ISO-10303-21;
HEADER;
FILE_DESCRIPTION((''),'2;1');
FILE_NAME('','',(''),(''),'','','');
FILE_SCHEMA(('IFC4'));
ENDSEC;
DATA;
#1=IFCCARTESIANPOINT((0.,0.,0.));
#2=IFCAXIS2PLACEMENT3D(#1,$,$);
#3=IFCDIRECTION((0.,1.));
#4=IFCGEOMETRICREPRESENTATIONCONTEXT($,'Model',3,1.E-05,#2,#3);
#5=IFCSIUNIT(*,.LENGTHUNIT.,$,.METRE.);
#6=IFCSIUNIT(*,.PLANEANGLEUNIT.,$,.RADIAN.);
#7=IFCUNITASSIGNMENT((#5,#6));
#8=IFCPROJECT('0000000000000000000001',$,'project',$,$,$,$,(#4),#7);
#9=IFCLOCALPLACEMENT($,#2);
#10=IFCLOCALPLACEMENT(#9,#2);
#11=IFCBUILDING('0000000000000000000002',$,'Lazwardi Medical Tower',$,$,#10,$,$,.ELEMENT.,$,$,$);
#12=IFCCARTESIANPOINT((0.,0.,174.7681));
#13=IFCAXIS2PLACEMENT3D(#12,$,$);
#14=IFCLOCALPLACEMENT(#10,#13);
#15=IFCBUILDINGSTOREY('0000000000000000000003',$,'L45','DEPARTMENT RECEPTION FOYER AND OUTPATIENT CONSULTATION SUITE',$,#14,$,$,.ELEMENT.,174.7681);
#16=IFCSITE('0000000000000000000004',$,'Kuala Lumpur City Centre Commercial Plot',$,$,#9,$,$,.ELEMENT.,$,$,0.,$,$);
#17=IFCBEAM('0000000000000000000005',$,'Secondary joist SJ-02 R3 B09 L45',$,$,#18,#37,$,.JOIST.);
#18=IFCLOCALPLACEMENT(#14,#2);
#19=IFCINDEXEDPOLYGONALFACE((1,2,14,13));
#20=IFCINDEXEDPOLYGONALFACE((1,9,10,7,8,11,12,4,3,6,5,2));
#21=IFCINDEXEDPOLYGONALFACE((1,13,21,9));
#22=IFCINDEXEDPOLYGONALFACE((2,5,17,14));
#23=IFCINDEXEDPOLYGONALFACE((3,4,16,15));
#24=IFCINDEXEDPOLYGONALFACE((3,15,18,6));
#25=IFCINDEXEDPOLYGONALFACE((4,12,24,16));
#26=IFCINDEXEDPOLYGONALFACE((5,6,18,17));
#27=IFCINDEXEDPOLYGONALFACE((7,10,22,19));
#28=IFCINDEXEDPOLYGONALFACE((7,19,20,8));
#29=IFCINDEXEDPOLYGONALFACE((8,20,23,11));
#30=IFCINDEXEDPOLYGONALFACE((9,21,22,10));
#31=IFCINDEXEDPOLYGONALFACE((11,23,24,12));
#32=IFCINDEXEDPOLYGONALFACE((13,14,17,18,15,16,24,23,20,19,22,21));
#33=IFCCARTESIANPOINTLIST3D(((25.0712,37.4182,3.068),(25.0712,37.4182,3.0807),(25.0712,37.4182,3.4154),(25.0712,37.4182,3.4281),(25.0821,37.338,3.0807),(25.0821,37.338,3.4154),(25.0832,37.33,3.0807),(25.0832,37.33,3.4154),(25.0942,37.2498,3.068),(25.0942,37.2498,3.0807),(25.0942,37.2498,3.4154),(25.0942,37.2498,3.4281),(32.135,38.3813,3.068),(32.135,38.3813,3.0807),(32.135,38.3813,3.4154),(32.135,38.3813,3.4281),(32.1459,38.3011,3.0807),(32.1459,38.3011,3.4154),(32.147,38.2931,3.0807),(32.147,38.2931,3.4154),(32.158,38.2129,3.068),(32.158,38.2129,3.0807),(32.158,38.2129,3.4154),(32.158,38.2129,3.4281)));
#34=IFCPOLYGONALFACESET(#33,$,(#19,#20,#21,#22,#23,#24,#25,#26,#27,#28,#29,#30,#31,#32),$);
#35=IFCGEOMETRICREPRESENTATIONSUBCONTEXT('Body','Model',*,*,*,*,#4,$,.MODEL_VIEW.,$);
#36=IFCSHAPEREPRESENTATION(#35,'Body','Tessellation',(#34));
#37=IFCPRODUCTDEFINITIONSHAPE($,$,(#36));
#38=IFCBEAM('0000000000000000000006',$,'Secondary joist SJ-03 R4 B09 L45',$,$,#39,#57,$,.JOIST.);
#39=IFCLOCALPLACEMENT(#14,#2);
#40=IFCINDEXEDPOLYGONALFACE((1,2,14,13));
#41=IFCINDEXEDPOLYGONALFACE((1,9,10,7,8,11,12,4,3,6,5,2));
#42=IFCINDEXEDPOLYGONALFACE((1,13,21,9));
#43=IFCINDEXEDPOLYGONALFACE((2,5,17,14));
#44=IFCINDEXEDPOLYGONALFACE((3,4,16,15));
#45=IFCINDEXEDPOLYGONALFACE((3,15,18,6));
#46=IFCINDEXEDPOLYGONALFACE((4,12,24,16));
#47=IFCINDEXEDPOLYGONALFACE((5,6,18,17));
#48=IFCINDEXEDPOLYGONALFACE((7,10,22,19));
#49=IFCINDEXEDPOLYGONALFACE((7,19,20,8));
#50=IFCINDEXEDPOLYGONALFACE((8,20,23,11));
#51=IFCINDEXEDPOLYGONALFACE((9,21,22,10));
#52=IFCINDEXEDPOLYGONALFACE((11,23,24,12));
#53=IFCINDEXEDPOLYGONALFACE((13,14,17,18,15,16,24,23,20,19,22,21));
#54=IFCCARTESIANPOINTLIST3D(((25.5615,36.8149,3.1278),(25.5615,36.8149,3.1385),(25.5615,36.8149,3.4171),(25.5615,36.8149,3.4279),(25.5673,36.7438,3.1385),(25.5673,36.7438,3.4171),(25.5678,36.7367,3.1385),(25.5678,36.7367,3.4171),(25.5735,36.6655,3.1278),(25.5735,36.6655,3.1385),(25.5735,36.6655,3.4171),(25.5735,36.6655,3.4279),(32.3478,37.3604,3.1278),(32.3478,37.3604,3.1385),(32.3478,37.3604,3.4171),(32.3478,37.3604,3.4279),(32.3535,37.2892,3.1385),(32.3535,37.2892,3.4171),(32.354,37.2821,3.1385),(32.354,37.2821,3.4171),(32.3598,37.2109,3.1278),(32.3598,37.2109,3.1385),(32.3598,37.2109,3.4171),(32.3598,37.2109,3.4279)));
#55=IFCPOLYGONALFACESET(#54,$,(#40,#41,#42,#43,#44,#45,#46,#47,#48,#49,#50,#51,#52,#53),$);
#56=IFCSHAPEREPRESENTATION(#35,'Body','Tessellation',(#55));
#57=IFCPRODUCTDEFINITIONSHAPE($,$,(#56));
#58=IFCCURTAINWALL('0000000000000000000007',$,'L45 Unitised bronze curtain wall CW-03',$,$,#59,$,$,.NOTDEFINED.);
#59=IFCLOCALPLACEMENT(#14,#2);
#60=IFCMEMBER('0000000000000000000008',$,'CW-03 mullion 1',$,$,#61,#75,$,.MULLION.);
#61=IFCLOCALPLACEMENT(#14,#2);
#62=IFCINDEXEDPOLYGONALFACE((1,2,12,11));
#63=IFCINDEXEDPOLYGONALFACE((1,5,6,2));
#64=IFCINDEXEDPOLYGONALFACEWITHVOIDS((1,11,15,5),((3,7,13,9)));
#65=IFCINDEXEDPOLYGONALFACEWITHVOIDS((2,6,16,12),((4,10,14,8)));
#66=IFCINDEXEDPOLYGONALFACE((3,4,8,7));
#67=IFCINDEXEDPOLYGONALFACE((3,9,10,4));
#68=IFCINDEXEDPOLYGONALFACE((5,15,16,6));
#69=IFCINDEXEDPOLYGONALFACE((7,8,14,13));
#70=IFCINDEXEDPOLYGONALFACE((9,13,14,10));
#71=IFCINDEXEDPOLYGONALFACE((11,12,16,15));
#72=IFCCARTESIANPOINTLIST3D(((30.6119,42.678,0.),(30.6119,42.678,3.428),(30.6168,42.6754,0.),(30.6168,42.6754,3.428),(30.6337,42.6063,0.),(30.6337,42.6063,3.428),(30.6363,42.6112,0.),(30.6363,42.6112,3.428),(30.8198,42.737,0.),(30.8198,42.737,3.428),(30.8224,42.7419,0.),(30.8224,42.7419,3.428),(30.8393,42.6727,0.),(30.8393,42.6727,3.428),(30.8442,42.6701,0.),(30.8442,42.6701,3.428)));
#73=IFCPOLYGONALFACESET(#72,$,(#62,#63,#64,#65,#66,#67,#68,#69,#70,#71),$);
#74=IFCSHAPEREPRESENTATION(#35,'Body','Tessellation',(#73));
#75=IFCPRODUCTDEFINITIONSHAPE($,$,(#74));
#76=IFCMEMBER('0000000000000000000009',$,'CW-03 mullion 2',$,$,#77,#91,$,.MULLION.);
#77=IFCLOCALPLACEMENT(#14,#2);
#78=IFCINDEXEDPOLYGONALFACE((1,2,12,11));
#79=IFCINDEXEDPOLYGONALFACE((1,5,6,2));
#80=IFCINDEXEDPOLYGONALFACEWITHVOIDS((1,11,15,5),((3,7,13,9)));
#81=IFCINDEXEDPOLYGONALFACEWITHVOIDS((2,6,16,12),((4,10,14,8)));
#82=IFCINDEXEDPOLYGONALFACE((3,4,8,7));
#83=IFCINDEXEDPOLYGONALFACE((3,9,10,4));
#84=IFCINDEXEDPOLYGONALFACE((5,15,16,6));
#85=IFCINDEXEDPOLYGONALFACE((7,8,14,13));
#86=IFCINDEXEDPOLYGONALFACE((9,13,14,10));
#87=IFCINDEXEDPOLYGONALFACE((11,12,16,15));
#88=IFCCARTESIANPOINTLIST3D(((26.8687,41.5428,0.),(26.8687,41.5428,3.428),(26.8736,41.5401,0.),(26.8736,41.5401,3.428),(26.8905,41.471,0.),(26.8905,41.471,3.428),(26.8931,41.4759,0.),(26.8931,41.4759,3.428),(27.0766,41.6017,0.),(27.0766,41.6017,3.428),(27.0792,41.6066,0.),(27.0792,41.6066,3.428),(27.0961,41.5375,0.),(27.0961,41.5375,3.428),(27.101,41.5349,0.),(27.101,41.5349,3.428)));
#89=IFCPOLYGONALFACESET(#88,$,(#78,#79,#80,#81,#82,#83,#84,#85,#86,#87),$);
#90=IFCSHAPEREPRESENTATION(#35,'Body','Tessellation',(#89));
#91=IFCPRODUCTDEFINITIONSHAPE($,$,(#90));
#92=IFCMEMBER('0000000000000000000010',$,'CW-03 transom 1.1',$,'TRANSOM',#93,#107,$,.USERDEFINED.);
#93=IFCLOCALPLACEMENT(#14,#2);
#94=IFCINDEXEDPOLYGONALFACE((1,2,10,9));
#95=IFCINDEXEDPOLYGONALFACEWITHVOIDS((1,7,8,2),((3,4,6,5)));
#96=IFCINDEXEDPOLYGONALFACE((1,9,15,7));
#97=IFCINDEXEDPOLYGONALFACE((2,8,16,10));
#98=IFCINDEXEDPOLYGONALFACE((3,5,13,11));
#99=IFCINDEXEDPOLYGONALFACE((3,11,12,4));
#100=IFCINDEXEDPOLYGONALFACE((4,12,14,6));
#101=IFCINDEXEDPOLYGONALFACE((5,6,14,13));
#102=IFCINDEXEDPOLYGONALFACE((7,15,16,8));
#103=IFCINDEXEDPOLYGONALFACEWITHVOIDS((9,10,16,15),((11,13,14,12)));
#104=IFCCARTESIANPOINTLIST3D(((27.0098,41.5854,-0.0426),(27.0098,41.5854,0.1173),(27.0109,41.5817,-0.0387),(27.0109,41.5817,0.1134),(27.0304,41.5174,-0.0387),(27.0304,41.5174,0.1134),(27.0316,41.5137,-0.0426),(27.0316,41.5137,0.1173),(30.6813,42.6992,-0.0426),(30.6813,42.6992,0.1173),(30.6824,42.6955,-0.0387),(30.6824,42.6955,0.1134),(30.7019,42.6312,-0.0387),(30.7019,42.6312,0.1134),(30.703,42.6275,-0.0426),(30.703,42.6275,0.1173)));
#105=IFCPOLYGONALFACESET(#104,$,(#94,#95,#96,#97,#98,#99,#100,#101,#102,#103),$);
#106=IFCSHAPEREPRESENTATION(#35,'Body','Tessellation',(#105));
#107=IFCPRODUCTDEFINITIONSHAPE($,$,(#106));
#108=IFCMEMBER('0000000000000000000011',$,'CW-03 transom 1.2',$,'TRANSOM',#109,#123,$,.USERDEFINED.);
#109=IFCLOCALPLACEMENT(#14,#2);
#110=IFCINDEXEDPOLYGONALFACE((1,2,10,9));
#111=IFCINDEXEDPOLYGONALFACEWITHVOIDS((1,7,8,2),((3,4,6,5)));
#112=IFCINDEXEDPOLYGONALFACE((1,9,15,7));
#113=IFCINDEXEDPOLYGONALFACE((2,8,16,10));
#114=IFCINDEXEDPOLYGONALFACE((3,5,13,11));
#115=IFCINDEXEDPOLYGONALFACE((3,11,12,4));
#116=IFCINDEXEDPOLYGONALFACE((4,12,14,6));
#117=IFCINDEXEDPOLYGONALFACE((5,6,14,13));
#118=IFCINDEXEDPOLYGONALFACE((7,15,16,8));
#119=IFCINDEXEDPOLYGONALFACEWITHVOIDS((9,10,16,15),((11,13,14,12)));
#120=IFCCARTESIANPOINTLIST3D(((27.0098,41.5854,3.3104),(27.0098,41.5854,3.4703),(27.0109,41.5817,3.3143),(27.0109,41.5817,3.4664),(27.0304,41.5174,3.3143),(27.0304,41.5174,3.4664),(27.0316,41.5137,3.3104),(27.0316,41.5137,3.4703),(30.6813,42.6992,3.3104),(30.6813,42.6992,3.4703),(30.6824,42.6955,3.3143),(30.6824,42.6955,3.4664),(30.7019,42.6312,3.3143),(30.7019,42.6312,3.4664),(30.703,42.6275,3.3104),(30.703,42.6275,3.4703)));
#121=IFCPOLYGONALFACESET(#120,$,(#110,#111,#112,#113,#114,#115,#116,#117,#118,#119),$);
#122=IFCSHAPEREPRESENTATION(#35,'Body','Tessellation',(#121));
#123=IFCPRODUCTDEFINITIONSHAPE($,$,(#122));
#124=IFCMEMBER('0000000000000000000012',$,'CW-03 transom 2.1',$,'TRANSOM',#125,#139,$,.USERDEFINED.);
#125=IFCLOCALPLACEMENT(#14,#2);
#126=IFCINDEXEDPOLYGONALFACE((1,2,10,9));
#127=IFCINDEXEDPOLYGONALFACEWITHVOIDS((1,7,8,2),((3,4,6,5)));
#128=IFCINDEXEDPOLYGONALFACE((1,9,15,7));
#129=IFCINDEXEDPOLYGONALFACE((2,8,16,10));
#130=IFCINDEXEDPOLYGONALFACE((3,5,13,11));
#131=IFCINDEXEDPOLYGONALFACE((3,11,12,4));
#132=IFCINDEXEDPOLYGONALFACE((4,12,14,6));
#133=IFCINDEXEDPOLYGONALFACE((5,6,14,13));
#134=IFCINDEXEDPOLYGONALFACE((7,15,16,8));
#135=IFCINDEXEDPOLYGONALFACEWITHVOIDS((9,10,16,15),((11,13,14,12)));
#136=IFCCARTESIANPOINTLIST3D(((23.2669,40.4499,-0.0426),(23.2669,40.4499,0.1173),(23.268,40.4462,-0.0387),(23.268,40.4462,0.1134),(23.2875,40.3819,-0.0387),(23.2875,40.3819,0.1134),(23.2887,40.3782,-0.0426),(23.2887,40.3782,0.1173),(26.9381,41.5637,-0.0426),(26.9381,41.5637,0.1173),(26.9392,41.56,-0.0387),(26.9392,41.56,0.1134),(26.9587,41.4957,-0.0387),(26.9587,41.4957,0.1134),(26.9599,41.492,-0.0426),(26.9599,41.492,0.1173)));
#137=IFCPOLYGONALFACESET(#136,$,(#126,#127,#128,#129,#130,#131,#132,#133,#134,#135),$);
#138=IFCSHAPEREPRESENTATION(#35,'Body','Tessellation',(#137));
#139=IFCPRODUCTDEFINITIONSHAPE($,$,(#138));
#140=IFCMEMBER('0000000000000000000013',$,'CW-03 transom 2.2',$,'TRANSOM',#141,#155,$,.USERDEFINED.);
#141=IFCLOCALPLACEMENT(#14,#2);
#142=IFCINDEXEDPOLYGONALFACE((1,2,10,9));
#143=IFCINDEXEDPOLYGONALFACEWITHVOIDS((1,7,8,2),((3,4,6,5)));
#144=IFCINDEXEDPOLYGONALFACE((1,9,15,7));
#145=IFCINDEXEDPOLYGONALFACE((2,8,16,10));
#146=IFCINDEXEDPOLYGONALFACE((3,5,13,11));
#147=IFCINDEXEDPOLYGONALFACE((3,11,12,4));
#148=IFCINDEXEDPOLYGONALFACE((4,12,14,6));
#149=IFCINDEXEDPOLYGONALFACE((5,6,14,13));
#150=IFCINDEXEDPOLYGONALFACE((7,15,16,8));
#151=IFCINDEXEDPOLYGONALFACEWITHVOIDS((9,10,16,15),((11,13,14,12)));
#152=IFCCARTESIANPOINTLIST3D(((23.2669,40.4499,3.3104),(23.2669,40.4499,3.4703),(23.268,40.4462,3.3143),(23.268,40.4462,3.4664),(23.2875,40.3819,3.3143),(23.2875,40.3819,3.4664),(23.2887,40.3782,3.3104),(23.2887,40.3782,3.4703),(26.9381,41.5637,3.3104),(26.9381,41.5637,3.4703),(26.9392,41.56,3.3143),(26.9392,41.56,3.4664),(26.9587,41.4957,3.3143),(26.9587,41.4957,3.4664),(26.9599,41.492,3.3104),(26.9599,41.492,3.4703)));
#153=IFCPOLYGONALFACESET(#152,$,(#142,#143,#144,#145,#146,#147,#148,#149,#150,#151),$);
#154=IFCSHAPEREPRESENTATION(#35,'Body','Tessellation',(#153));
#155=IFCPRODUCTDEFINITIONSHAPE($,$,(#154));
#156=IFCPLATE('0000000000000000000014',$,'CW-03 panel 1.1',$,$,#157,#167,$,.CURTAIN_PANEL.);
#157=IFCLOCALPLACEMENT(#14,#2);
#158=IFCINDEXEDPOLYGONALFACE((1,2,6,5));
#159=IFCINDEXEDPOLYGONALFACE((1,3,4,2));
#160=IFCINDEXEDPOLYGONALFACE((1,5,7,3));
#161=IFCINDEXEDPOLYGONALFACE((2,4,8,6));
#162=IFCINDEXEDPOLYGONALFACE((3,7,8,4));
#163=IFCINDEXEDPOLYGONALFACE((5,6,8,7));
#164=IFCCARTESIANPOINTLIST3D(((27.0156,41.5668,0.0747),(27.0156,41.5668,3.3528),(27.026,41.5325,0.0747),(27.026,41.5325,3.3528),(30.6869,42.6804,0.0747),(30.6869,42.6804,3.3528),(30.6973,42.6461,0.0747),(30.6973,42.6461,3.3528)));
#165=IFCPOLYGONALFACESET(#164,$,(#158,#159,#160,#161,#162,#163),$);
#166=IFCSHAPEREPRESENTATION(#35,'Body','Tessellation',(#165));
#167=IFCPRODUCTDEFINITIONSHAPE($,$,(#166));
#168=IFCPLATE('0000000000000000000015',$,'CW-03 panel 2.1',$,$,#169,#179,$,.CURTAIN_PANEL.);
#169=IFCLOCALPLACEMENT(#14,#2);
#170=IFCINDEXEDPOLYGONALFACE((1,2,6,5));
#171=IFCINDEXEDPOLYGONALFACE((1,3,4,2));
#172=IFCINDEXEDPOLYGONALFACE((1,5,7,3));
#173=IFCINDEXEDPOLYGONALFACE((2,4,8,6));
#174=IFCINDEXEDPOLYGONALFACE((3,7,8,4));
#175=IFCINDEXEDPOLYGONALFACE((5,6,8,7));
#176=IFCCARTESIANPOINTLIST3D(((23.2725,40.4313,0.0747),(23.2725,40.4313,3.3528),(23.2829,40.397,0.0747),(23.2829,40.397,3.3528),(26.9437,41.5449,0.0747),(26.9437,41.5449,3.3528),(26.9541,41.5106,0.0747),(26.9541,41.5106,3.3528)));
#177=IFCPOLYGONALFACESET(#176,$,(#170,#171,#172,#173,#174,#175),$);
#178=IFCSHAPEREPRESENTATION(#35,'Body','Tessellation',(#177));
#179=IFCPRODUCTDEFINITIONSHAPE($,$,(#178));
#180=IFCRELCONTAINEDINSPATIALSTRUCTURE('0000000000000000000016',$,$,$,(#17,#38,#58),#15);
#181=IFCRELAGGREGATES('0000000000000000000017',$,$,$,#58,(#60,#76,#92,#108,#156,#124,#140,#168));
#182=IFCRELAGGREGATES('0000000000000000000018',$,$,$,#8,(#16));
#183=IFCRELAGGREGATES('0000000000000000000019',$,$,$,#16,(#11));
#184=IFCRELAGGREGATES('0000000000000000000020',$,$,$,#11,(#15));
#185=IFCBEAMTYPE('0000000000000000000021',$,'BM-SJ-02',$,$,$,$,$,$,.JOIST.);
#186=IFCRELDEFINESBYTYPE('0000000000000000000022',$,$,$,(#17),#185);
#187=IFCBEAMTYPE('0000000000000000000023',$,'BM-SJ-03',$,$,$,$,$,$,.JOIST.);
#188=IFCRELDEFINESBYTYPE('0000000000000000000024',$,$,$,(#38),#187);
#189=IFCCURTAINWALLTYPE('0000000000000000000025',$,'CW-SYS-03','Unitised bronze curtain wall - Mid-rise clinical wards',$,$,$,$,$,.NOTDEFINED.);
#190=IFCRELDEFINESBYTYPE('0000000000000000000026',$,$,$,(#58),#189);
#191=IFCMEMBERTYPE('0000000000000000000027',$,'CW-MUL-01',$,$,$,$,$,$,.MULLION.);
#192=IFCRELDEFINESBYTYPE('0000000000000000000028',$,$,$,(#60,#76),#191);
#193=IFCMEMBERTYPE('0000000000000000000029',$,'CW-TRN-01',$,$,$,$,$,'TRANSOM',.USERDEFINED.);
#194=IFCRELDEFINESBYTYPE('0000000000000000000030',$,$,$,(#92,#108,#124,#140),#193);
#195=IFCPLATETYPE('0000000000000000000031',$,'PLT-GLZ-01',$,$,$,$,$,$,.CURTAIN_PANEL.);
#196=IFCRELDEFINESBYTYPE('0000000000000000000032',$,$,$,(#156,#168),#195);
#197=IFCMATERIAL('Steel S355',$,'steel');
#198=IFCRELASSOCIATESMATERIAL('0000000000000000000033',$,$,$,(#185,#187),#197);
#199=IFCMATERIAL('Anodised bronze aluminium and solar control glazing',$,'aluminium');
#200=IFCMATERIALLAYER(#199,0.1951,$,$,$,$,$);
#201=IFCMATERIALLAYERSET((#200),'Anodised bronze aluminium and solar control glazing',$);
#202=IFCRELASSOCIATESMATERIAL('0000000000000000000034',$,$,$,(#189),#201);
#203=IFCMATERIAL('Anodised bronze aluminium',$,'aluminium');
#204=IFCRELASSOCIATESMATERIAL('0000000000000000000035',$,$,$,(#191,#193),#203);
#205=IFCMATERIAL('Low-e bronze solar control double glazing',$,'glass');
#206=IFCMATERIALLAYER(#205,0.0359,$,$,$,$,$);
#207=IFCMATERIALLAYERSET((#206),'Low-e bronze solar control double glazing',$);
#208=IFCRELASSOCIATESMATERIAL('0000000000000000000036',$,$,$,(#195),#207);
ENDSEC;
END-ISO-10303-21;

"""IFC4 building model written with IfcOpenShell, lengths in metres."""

from ifc_helpers import new_model, si_unit, direction, frame, origin, origin_2d, place, context, subcontext, project, spatial, rectangle, hollow_rectangle, i_section, extrude, material, layer, layer_set, material_profile, profile_set, type_object, element, aggregate, save


model = new_model("IFC4")

# Units and contexts
model_context = context("Model", 3, precision=1e-05, world=origin(), true_north=direction((0.0, 1.0)))
body_context = subcontext(model_context, "Body", "Model", "MODEL_VIEW")
ifc_project = project(units=[si_unit("LENGTHUNIT", "METRE"), si_unit("PLANEANGLEUNIT", "RADIAN")], contexts=[model_context])

# Site, building, storey
site_placement = place(None, origin())
site = spatial("IfcSite", under=ifc_project, at=site_placement, Name="Kuala Lumpur City Centre Commercial Plot", CompositionType="ELEMENT", RefElevation=0.0)
building_placement = place(site_placement, origin())
building = spatial("IfcBuilding", under=site, at=building_placement, Name="Lazwardi Medical Tower", CompositionType="ELEMENT")
storey_placement = place(building_placement, frame((0.0, 0.0, 174.7681)))
storey = spatial("IfcBuildingStorey", under=building, at=storey_placement, Name="L45", Description="DEPARTMENT RECEPTION FOYER AND OUTPATIENT CONSULTATION SUITE", CompositionType="ELEMENT", Elevation=174.7681)

# Beams
ifc_material_1 = material(Name="Steel S355", Category="steel")
ifc_material_profile_1 = material_profile(ifc_material_1, i_section(OverallWidth=0.1699, OverallDepth=0.3601, WebThickness=0.0081, FlangeThickness=0.0127, at=origin_2d()), Name="IPE 360")
ifc_profile_set_1 = profile_set([ifc_material_profile_1], Name="Steel S355")
beam_type_1 = type_object("IfcBeamType", Name="BM-SJ-02", PredefinedType="JOIST", material=ifc_profile_set_1)
beam_1_placement = place(storey_placement, frame((32.1465, 38.2971, 3.248), z_axis=(-0.990832, -0.135099, 0.0), x_axis=(0.135099, -0.990832, 0.0)))
element("IfcBeam", 1, at=beam_1_placement, inside=storey, type_object=beam_type_1, Name="Secondary joist SJ-02 R3 B09 L45", PredefinedType="JOIST", context=body_context, shape_type="SweptSolid", body=[
    extrude(i_section(OverallWidth=0.1699, OverallDepth=0.3601, WebThickness=0.0081, FlangeThickness=0.0127, at=origin_2d()), origin(), (0.0, 0.0, 1.0), 7.1292),
])
ifc_material_profile_2 = material_profile(ifc_material_1, i_section(OverallWidth=0.1499, OverallDepth=0.3, WebThickness=0.0071, FlangeThickness=0.0107, at=origin_2d()), Name="IPE 300")
ifc_profile_set_2 = profile_set([ifc_material_profile_2], Name="Steel S355")
beam_type_2 = type_object("IfcBeamType", Name="BM-SJ-03", PredefinedType="JOIST", material=ifc_profile_set_2)
beam_2_placement = place(storey_placement, frame((32.3538, 37.2856, 3.2778), z_axis=(-0.996786, -0.080113, 0.0), x_axis=(0.080113, -0.996786, 0.0)))
element("IfcBeam", 2, at=beam_2_placement, inside=storey, type_object=beam_type_2, Name="Secondary joist SJ-03 R4 B09 L45", PredefinedType="JOIST", context=body_context, shape_type="SweptSolid", body=[
    extrude(i_section(OverallWidth=0.1499, OverallDepth=0.3, WebThickness=0.0071, FlangeThickness=0.0107, at=origin_2d()), origin(), (0.0, 0.0, 1.0), 6.8081),
])

# Curtain wall, members, plates
ifc_material_2 = material(Name="Anodised bronze aluminium and solar control glazing", Category="aluminium")
ifc_layer_1 = layer(ifc_material_2, 0.1951)
ifc_layer_set_1 = layer_set([ifc_layer_1], Name="Anodised bronze aluminium and solar control glazing")
curtain_wall_type = type_object("IfcCurtainWallType", Name="CW-SYS-03", Description="Unitised bronze curtain wall - Mid-rise clinical wards", PredefinedType="NOTDEFINED", material=ifc_layer_set_1)
curtain_wall_placement = place(storey_placement, origin())
curtain_wall = element("IfcCurtainWall", 3, at=curtain_wall_placement, inside=storey, type_object=curtain_wall_type, Name="L45 Unitised bronze curtain wall CW-03", PredefinedType="NOTDEFINED")
ifc_material_3 = material(Name="Anodised bronze aluminium", Category="aluminium")
ifc_material_profile_3 = material_profile(ifc_material_3, hollow_rectangle(XDim=0.075, YDim=0.22, WallThickness=0.0039, at=origin_2d()), Name="ALU-MULLION 220x75x4")
ifc_profile_set_3 = profile_set([ifc_material_profile_3], Name="Anodised bronze aluminium")
member_type_1 = type_object("IfcMemberType", Name="CW-MUL-01", PredefinedType="MULLION", material=ifc_profile_set_3)
member_1_placement = place(storey_placement, frame((30.728, 42.6741, 0.0), z_axis=(0.0, 0.0, 1.0), x_axis=(0.290281, -0.956942, 0.0)))
member_1 = element("IfcMember", 4, at=member_1_placement, type_object=member_type_1, Name="CW-03 mullion 1", PredefinedType="MULLION", context=body_context, shape_type="SweptSolid", body=[
    extrude(hollow_rectangle(XDim=0.075, YDim=0.22, WallThickness=0.0039, at=origin_2d()), origin(), (0.0, 0.0, 1.0), 3.428),
])
member_2_placement = place(storey_placement, frame((26.9849, 41.5388, 0.0), z_axis=(0.0, 0.0, 1.0), x_axis=(0.290281, -0.956942, 0.0)))
member_2 = element("IfcMember", 5, at=member_2_placement, type_object=member_type_1, Name="CW-03 mullion 2", PredefinedType="MULLION", context=body_context, shape_type="SweptSolid", body=[
    extrude(hollow_rectangle(XDim=0.075, YDim=0.22, WallThickness=0.0039, at=origin_2d()), origin(), (0.0, 0.0, 1.0), 3.428),
])
ifc_material_profile_4 = material_profile(ifc_material_3, hollow_rectangle(XDim=0.075, YDim=0.1599, WallThickness=0.0039, at=origin_2d()), Name="ALU-TRANSOM 160x75x4")
ifc_profile_set_4 = profile_set([ifc_material_profile_4], Name="Anodised bronze aluminium")
member_type_2 = type_object("IfcMemberType", Name="CW-TRN-01", ElementType="TRANSOM", PredefinedType="USERDEFINED", material=ifc_profile_set_4)
member_3_placement = place(storey_placement, frame((30.6921, 42.6633, 0.0374), z_axis=(-0.956936, -0.290301, 0.0), x_axis=(0.290301, -0.956936, 0.0)))
member_3 = element("IfcMember", 6, at=member_3_placement, type_object=member_type_2, Name="CW-03 transom 1.1", ObjectType="TRANSOM", PredefinedType="USERDEFINED", context=body_context, shape_type="SweptSolid", body=[
    extrude(hollow_rectangle(XDim=0.075, YDim=0.1599, WallThickness=0.0039, at=origin_2d()), origin(), (0.0, 0.0, 1.0), 3.8367),
])
member_4_placement = place(storey_placement, frame((30.6921, 42.6633, 3.3904), z_axis=(-0.956936, -0.290301, 0.0), x_axis=(0.290301, -0.956936, 0.0)))
member_4 = element("IfcMember", 7, at=member_4_placement, type_object=member_type_2, Name="CW-03 transom 1.2", ObjectType="TRANSOM", PredefinedType="USERDEFINED", context=body_context, shape_type="SweptSolid", body=[
    extrude(hollow_rectangle(XDim=0.075, YDim=0.1599, WallThickness=0.0039, at=origin_2d()), origin(), (0.0, 0.0, 1.0), 3.8367),
])
member_5_placement = place(storey_placement, frame((26.949, 41.5278, 0.0374), z_axis=(-0.95693, -0.290318, 0.0), x_axis=(0.290318, -0.95693, 0.0)))
member_5 = element("IfcMember", 8, at=member_5_placement, type_object=member_type_2, Name="CW-03 transom 2.1", ObjectType="TRANSOM", PredefinedType="USERDEFINED", context=body_context, shape_type="SweptSolid", body=[
    extrude(hollow_rectangle(XDim=0.075, YDim=0.1599, WallThickness=0.0039, at=origin_2d()), origin(), (0.0, 0.0, 1.0), 3.8364),
])
member_6_placement = place(storey_placement, frame((26.949, 41.5278, 3.3904), z_axis=(-0.95693, -0.290318, 0.0), x_axis=(0.290318, -0.95693, 0.0)))
member_6 = element("IfcMember", 9, at=member_6_placement, type_object=member_type_2, Name="CW-03 transom 2.2", ObjectType="TRANSOM", PredefinedType="USERDEFINED", context=body_context, shape_type="SweptSolid", body=[
    extrude(hollow_rectangle(XDim=0.075, YDim=0.1599, WallThickness=0.0039, at=origin_2d()), origin(), (0.0, 0.0, 1.0), 3.8364),
])
ifc_material_4 = material(Name="Low-e bronze solar control double glazing", Category="glass")
ifc_layer_2 = layer(ifc_material_4, 0.0359)
ifc_layer_set_2 = layer_set([ifc_layer_2], Name="Low-e bronze solar control double glazing")
plate_type = type_object("IfcPlateType", Name="PLT-GLZ-01", PredefinedType="CURTAIN_PANEL", material=ifc_layer_set_2)
plate_1_placement = place(storey_placement, frame((28.8564, 42.1064, 0.0747), z_axis=(0.0, 0.0, 1.0), x_axis=(-0.956942, -0.290281, 0.0)))
plate_1 = element("IfcPlate", 10, at=plate_1_placement, type_object=plate_type, Name="CW-03 panel 1.1", PredefinedType="CURTAIN_PANEL", context=body_context, shape_type="SweptSolid", body=[
    extrude(rectangle(XDim=3.8364, YDim=0.0359, at=origin_2d()), origin(), (0.0, 0.0, 1.0), 3.2781),
])
plate_2_placement = place(storey_placement, frame((25.1133, 40.9709, 0.0747), z_axis=(0.0, 0.0, 1.0), x_axis=(-0.956942, -0.290281, 0.0)))
plate_2 = element("IfcPlate", 11, at=plate_2_placement, type_object=plate_type, Name="CW-03 panel 2.1", PredefinedType="CURTAIN_PANEL", context=body_context, shape_type="SweptSolid", body=[
    extrude(rectangle(XDim=3.8364, YDim=0.0359, at=origin_2d()), origin(), (0.0, 0.0, 1.0), 3.2781),
])
aggregate(curtain_wall, [member_1, member_2, member_3, member_4, plate_1, member_5, member_6, plate_2])

save(model, "model.ifc")
